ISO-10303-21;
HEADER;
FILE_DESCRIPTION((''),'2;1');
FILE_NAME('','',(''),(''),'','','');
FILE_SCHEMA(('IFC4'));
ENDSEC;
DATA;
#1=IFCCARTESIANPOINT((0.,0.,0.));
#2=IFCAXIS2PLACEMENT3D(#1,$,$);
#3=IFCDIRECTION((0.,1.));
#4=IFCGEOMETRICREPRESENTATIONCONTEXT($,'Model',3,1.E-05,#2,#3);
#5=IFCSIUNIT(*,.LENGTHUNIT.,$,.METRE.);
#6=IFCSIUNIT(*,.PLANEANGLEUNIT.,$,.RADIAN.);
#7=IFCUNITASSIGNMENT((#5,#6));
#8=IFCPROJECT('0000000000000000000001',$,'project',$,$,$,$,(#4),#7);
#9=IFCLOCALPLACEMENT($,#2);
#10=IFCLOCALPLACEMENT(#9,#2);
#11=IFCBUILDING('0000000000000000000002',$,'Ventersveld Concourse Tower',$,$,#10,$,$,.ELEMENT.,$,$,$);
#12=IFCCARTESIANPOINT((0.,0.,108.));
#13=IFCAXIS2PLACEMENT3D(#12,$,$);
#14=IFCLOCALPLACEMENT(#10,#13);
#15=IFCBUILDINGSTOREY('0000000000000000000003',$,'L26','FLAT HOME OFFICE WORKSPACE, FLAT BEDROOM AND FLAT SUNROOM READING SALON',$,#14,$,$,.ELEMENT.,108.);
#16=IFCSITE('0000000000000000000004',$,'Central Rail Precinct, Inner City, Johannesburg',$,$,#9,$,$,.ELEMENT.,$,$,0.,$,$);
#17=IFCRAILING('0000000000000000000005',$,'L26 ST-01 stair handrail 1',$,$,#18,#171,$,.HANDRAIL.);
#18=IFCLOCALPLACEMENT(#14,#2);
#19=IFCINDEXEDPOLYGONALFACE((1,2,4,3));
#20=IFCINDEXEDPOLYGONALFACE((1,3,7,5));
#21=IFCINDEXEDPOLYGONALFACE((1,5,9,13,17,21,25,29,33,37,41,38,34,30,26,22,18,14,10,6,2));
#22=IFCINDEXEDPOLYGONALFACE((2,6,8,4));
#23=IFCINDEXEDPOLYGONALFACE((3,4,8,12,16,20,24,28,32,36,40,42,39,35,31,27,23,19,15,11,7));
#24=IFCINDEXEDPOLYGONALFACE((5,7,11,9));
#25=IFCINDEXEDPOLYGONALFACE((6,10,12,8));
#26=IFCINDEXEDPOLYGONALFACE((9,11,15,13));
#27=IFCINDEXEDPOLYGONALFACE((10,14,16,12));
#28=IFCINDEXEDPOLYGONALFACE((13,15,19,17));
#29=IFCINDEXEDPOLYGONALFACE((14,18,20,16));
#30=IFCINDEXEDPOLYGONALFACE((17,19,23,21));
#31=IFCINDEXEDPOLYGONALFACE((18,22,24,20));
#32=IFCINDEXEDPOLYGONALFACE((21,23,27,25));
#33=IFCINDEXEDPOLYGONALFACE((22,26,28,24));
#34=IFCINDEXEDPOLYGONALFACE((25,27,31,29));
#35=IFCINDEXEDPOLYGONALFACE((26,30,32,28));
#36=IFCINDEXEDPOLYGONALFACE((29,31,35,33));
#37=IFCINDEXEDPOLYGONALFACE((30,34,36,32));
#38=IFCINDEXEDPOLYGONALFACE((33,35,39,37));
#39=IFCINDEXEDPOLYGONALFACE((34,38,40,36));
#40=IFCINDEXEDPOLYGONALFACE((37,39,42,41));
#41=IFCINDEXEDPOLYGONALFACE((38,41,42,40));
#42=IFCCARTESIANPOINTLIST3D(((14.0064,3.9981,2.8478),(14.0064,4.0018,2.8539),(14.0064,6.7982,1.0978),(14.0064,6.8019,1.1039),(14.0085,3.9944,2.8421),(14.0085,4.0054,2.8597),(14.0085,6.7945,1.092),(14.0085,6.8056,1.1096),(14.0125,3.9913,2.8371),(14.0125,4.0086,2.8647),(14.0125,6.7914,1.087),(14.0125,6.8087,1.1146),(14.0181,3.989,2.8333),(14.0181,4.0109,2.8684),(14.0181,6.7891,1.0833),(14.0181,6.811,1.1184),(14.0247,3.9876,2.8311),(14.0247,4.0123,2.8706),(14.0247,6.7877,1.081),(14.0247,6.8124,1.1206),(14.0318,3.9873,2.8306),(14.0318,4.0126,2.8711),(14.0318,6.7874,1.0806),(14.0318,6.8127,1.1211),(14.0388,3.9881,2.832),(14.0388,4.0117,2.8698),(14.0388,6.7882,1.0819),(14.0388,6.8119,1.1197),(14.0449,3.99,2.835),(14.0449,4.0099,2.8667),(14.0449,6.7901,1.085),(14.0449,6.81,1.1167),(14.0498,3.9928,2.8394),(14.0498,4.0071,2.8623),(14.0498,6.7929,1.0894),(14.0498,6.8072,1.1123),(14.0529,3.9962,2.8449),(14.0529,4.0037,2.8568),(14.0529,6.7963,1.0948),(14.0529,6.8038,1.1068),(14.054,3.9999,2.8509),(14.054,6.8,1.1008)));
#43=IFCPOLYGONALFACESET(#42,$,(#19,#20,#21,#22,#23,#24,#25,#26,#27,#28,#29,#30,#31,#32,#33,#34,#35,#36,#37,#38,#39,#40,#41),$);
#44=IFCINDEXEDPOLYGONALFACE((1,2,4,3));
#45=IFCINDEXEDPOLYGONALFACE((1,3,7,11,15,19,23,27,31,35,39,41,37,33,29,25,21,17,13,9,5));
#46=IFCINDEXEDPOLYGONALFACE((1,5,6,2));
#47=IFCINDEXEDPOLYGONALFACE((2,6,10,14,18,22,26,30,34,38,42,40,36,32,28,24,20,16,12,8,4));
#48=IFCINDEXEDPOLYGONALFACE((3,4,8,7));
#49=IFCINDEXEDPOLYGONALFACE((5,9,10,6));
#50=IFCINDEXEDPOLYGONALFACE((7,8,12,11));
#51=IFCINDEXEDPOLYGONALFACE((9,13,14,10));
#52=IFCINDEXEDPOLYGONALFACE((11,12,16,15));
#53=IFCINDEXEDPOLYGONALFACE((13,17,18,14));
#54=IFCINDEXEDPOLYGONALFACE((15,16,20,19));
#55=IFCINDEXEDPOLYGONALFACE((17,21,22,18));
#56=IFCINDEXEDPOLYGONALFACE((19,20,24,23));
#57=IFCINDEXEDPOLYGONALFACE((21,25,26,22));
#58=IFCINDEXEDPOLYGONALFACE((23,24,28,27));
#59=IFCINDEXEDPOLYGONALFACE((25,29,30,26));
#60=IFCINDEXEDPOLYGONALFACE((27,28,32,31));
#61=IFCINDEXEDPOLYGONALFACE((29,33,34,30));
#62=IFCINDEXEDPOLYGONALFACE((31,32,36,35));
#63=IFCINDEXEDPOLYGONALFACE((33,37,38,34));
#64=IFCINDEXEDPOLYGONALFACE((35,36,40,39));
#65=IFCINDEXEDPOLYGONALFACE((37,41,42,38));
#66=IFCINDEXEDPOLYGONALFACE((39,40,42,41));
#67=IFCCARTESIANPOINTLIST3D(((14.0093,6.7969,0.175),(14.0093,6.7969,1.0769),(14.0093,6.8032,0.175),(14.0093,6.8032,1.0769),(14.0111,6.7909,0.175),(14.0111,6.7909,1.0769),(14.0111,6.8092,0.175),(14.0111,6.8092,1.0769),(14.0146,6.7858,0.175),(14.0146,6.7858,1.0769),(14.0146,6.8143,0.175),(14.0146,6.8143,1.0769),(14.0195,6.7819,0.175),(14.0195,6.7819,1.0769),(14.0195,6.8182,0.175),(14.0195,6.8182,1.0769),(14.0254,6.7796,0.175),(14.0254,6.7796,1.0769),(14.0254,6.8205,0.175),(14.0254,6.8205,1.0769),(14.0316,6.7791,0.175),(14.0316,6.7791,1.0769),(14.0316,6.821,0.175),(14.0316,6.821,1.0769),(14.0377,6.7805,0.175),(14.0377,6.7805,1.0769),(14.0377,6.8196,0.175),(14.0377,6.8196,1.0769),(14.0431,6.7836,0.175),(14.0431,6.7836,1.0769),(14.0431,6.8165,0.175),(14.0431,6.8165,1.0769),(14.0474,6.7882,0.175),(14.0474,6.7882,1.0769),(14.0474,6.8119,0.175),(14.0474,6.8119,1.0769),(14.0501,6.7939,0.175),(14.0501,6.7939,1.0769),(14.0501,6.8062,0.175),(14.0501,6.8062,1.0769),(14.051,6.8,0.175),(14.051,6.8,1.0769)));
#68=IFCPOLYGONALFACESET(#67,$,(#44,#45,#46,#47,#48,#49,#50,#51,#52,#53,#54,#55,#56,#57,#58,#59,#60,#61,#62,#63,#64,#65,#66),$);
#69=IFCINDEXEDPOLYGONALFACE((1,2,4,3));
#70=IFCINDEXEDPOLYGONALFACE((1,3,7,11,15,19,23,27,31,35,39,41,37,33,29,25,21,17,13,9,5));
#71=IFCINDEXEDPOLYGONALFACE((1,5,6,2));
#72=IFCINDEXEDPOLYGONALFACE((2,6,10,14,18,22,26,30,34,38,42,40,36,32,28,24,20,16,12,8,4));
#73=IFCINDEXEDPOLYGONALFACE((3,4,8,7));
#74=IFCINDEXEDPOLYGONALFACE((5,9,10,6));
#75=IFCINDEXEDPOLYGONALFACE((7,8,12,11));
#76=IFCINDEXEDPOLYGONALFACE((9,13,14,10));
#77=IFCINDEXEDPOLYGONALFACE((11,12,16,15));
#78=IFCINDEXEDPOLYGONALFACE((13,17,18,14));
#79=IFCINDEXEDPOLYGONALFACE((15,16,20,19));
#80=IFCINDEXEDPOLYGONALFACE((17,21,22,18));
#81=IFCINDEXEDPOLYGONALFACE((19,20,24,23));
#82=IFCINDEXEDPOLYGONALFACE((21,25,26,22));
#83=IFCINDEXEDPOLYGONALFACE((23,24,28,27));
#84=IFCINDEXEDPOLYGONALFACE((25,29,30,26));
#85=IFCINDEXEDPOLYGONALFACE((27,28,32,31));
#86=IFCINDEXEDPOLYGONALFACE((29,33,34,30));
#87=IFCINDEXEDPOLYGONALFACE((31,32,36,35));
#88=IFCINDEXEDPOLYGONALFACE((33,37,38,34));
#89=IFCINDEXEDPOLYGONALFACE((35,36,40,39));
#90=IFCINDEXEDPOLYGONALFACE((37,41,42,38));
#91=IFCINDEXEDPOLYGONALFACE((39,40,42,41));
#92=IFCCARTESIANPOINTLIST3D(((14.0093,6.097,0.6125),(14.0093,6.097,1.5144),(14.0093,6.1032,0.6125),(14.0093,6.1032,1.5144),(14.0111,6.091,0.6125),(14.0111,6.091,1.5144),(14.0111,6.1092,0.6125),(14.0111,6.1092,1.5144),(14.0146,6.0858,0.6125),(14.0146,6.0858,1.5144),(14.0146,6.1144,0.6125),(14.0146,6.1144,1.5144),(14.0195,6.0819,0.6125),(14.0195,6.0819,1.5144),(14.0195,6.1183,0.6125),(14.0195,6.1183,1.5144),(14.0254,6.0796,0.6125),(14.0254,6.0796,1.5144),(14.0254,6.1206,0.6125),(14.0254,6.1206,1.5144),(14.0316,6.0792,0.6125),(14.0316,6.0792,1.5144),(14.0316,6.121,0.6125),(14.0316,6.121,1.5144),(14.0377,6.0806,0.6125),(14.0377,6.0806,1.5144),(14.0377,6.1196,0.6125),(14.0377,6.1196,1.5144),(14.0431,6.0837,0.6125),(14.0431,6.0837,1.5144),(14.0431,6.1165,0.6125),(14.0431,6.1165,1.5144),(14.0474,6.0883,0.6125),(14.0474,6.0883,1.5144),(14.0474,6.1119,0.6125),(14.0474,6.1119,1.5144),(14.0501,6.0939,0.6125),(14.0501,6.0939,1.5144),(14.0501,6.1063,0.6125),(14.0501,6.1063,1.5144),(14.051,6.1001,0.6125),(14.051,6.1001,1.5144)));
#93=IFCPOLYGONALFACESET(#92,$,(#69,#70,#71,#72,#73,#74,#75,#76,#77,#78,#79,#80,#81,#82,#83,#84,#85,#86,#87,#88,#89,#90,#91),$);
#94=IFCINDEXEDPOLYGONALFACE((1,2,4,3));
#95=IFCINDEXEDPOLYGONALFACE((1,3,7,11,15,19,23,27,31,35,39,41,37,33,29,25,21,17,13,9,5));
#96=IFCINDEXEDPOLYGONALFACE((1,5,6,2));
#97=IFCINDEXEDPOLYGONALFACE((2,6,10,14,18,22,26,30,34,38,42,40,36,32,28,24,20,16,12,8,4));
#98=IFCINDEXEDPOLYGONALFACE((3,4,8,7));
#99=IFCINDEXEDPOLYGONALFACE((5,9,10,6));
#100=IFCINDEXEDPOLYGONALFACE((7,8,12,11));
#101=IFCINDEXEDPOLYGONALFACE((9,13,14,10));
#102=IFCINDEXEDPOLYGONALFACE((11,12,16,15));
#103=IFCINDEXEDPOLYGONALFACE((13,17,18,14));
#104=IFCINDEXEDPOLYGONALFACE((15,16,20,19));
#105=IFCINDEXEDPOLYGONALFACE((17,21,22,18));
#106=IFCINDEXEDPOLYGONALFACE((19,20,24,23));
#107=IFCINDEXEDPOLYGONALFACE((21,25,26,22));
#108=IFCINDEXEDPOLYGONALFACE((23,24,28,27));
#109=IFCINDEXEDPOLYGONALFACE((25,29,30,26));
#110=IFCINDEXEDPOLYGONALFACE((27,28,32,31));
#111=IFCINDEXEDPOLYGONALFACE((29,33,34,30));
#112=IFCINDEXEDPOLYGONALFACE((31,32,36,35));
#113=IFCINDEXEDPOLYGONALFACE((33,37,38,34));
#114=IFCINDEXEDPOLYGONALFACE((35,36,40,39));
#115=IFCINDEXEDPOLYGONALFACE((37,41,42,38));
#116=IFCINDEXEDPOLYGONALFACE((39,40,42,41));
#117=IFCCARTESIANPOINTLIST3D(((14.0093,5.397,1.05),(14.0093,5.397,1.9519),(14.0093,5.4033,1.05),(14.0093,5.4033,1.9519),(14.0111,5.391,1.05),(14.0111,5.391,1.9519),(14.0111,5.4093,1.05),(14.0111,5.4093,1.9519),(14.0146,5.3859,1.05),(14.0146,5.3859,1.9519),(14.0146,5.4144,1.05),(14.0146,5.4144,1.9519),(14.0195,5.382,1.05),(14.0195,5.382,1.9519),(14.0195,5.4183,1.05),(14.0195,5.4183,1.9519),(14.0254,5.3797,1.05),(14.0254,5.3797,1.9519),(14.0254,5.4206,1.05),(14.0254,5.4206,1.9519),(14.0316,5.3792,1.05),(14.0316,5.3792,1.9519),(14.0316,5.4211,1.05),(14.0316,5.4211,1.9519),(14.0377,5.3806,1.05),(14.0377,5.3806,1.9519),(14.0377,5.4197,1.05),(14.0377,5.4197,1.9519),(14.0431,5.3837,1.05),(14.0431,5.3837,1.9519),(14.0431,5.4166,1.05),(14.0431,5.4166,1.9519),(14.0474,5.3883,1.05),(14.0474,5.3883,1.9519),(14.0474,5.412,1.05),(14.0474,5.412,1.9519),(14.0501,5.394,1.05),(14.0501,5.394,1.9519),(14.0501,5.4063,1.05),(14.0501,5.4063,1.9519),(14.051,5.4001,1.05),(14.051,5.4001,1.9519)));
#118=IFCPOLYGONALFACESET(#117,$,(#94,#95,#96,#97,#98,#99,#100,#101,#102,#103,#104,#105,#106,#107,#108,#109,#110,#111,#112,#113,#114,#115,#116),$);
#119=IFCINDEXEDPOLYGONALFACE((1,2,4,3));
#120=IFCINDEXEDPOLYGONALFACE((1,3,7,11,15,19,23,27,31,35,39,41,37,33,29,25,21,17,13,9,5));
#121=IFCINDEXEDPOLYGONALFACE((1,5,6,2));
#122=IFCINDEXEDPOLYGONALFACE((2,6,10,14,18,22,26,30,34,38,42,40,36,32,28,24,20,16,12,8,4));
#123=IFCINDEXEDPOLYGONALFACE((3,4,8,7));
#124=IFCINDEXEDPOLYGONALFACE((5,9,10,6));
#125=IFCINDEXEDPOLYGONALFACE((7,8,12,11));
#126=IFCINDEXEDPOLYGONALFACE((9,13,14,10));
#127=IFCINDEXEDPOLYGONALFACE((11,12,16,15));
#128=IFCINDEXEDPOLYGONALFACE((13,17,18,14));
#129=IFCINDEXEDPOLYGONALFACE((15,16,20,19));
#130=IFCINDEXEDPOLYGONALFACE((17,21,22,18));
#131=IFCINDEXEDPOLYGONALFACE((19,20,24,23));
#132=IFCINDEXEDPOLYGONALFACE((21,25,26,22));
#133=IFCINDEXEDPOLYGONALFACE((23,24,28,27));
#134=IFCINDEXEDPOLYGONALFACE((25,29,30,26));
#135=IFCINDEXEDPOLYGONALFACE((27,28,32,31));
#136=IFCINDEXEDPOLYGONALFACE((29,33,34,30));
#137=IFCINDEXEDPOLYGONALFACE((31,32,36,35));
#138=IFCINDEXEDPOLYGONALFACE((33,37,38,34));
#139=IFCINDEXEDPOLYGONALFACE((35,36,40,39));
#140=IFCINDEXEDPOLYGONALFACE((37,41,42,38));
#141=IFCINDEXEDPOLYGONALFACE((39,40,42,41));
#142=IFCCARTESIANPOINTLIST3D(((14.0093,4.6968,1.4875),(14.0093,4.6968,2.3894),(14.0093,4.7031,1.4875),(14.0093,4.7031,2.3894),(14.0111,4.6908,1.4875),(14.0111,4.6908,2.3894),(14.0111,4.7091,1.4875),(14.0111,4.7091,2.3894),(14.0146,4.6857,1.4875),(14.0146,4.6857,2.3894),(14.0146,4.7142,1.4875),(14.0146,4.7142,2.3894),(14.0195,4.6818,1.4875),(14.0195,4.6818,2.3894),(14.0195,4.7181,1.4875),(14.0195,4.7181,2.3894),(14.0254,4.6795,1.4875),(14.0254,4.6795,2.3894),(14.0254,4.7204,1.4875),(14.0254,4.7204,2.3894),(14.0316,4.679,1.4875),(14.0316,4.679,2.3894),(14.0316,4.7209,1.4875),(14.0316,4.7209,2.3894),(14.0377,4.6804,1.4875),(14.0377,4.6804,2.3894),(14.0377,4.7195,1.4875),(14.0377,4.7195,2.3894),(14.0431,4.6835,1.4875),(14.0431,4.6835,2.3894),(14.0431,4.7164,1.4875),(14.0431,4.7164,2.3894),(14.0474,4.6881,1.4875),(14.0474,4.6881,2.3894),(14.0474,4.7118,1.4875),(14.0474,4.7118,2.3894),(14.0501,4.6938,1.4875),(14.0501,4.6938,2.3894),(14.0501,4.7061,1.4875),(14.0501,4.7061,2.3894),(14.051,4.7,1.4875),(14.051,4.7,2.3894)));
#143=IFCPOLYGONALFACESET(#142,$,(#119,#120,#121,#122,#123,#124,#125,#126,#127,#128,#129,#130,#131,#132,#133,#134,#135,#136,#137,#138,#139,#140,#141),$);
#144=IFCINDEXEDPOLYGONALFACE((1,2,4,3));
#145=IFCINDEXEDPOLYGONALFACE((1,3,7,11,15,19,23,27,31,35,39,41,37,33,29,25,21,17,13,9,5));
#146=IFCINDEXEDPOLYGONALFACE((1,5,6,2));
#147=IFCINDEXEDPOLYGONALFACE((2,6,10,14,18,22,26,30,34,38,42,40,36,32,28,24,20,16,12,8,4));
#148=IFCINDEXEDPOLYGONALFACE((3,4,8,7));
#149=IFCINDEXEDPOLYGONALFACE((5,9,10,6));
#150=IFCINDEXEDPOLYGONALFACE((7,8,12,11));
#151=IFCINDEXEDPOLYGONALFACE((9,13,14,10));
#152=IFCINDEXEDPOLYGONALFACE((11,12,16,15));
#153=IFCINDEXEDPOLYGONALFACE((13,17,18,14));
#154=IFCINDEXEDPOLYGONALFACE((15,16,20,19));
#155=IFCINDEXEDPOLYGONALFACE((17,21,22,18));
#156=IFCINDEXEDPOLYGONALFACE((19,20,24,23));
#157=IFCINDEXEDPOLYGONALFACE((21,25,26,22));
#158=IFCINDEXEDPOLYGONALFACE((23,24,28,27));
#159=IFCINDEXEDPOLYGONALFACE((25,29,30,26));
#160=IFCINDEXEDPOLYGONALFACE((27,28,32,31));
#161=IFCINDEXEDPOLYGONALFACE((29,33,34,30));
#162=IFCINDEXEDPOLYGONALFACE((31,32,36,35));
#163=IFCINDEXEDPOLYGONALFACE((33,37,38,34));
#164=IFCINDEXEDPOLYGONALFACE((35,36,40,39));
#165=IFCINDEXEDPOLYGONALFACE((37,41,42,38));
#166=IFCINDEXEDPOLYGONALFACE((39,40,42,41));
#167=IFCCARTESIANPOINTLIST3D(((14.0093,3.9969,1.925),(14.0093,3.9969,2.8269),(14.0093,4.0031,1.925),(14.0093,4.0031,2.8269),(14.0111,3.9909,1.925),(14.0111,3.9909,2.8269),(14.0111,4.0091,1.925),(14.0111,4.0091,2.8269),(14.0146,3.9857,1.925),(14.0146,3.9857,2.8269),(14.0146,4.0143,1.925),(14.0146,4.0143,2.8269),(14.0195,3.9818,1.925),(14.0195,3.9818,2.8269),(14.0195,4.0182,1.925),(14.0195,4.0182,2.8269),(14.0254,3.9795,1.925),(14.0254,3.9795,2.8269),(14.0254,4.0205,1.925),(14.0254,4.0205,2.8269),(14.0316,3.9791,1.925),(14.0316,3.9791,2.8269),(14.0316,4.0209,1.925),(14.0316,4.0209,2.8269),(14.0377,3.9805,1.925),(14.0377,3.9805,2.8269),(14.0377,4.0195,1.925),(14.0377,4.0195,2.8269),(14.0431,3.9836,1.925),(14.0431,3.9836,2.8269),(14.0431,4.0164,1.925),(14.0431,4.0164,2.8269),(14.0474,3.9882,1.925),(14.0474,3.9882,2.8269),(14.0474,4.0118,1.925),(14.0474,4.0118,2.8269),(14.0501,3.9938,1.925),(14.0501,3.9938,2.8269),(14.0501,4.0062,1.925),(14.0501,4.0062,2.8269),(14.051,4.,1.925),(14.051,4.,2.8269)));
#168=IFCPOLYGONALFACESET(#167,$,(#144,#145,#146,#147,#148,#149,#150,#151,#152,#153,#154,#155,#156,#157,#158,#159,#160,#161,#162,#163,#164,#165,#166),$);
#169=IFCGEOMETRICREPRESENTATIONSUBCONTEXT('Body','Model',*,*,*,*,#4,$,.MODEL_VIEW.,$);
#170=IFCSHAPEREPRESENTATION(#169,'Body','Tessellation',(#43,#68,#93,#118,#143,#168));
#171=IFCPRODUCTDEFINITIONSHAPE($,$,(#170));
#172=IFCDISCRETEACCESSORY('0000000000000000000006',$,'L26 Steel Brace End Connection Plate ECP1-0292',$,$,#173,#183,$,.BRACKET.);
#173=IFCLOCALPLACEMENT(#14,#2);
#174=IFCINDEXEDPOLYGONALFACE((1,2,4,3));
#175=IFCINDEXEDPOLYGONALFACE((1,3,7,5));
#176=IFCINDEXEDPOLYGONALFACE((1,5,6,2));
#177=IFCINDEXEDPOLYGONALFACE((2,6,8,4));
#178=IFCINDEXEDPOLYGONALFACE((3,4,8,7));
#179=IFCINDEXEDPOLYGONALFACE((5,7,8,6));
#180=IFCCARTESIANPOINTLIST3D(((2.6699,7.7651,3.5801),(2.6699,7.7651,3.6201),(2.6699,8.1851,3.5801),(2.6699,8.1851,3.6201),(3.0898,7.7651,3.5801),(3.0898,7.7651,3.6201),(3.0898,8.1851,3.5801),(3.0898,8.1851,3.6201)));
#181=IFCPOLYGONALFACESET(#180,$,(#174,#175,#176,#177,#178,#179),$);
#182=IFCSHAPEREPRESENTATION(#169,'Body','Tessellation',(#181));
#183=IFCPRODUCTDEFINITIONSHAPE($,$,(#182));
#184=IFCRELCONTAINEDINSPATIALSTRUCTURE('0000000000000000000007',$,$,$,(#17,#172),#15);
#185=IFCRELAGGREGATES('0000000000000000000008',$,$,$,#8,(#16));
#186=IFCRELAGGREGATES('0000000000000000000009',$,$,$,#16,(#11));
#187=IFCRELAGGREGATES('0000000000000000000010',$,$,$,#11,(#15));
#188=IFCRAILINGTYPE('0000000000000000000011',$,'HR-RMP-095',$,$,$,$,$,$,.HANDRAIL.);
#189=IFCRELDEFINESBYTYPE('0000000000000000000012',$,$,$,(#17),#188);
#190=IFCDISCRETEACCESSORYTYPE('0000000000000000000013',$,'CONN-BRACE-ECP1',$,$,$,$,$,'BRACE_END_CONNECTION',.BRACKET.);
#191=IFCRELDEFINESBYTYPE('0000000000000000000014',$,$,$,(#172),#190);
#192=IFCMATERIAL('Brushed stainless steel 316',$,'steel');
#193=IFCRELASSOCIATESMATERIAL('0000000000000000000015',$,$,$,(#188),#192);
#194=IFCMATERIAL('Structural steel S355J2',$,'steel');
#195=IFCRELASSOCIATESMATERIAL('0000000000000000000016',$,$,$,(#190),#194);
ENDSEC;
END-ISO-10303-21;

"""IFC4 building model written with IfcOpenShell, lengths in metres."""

from ifc_helpers import new_model, si_unit, direction, frame, origin, origin_2d, place, context, subcontext, project, spatial, rectangle, circle, extrude, material, type_object, element, save


model = new_model("IFC4")

# Units and contexts
model_context = context("Model", 3, precision=1e-05, world=origin(), true_north=direction((0.0, 1.0)))
body_context = subcontext(model_context, "Body", "Model", "MODEL_VIEW")
ifc_project = project(units=[si_unit("LENGTHUNIT", "METRE"), si_unit("PLANEANGLEUNIT", "RADIAN")], contexts=[model_context])

# Site, building, storey
site_placement = place(None, origin())
site = spatial("IfcSite", under=ifc_project, at=site_placement, Name="Central Rail Precinct, Inner City, Johannesburg", CompositionType="ELEMENT", RefElevation=0.0)
building_placement = place(site_placement, origin())
building = spatial("IfcBuilding", under=site, at=building_placement, Name="Ventersveld Concourse Tower", CompositionType="ELEMENT")
storey_placement = place(building_placement, frame((0.0, 0.0, 108.0)))
storey = spatial("IfcBuildingStorey", under=building, at=storey_placement, Name="L26", Description="FLAT HOME OFFICE WORKSPACE, FLAT BEDROOM AND FLAT SUNROOM READING SALON", CompositionType="ELEMENT", Elevation=108.0)

# Shared definitions
ifc_material_1 = material(Name="Structural steel S355J2", Category="steel")

# Railing
ifc_material_2 = material(Name="Brushed stainless steel 316", Category="steel")
railing_type_1 = type_object("IfcRailingType", Name="HR-RMP-095", PredefinedType="HANDRAIL", material=ifc_material_2)
railing_1_placement = place(storey_placement, frame((14.03, 6.8, 0.175)))
element("IfcRailing", 1, at=railing_1_placement, inside=storey, type_object=railing_type_1, Name="L26 ST-01 stair handrail 1", PredefinedType="HANDRAIL", context=body_context, shape_type="SweptSolid", body=[
    extrude(circle(Radius=0.0239, at=origin_2d()), frame((0.0, 0.0, 0.9258), z_axis=(0.0, -0.848002, 0.529992), x_axis=(1.0, 0.0, 0.0)), (0.0, 0.0, 1.0), 3.302),
    extrude(circle(Radius=0.021, at=origin_2d()), origin(), (0.0, 0.0, 1.0), 0.9019),
    extrude(circle(Radius=0.021, at=origin_2d()), frame((0.0, -0.7, 0.4375)), (0.0, 0.0, 1.0), 0.9019),
    extrude(circle(Radius=0.021, at=origin_2d()), frame((0.0, -1.3999, 0.875)), (0.0, 0.0, 1.0), 0.9019),
    extrude(circle(Radius=0.021, at=origin_2d()), frame((0.0, -2.1001, 1.3125)), (0.0, 0.0, 1.0), 0.9019),
    extrude(circle(Radius=0.021, at=origin_2d()), frame((0.0, -2.8, 1.75)), (0.0, 0.0, 1.0), 0.9019),
])

# Discrete accessory
discrete_accessory_type = type_object("IfcDiscreteAccessoryType", Name="CONN-BRACE-ECP1", ElementType="BRACE_END_CONNECTION", PredefinedType="BRACKET", material=ifc_material_1)
discrete_accessory_placement = place(storey_placement, frame((2.8799, 7.9751, 3.5801), z_axis=(0.0, 0.0, 1.0), x_axis=(1.0, 0.0, 0.0)))
element("IfcDiscreteAccessory", 2, at=discrete_accessory_placement, inside=storey, type_object=discrete_accessory_type, Name="L26 Steel Brace End Connection Plate ECP1-0292", PredefinedType="BRACKET", context=body_context, shape_type="SweptSolid", body=[
    extrude(rectangle(XDim=0.4199, YDim=0.4199, at=origin_2d()), origin(), (0.0, 0.0, 1.0), 0.04),
])

save(model, "model.ifc")
